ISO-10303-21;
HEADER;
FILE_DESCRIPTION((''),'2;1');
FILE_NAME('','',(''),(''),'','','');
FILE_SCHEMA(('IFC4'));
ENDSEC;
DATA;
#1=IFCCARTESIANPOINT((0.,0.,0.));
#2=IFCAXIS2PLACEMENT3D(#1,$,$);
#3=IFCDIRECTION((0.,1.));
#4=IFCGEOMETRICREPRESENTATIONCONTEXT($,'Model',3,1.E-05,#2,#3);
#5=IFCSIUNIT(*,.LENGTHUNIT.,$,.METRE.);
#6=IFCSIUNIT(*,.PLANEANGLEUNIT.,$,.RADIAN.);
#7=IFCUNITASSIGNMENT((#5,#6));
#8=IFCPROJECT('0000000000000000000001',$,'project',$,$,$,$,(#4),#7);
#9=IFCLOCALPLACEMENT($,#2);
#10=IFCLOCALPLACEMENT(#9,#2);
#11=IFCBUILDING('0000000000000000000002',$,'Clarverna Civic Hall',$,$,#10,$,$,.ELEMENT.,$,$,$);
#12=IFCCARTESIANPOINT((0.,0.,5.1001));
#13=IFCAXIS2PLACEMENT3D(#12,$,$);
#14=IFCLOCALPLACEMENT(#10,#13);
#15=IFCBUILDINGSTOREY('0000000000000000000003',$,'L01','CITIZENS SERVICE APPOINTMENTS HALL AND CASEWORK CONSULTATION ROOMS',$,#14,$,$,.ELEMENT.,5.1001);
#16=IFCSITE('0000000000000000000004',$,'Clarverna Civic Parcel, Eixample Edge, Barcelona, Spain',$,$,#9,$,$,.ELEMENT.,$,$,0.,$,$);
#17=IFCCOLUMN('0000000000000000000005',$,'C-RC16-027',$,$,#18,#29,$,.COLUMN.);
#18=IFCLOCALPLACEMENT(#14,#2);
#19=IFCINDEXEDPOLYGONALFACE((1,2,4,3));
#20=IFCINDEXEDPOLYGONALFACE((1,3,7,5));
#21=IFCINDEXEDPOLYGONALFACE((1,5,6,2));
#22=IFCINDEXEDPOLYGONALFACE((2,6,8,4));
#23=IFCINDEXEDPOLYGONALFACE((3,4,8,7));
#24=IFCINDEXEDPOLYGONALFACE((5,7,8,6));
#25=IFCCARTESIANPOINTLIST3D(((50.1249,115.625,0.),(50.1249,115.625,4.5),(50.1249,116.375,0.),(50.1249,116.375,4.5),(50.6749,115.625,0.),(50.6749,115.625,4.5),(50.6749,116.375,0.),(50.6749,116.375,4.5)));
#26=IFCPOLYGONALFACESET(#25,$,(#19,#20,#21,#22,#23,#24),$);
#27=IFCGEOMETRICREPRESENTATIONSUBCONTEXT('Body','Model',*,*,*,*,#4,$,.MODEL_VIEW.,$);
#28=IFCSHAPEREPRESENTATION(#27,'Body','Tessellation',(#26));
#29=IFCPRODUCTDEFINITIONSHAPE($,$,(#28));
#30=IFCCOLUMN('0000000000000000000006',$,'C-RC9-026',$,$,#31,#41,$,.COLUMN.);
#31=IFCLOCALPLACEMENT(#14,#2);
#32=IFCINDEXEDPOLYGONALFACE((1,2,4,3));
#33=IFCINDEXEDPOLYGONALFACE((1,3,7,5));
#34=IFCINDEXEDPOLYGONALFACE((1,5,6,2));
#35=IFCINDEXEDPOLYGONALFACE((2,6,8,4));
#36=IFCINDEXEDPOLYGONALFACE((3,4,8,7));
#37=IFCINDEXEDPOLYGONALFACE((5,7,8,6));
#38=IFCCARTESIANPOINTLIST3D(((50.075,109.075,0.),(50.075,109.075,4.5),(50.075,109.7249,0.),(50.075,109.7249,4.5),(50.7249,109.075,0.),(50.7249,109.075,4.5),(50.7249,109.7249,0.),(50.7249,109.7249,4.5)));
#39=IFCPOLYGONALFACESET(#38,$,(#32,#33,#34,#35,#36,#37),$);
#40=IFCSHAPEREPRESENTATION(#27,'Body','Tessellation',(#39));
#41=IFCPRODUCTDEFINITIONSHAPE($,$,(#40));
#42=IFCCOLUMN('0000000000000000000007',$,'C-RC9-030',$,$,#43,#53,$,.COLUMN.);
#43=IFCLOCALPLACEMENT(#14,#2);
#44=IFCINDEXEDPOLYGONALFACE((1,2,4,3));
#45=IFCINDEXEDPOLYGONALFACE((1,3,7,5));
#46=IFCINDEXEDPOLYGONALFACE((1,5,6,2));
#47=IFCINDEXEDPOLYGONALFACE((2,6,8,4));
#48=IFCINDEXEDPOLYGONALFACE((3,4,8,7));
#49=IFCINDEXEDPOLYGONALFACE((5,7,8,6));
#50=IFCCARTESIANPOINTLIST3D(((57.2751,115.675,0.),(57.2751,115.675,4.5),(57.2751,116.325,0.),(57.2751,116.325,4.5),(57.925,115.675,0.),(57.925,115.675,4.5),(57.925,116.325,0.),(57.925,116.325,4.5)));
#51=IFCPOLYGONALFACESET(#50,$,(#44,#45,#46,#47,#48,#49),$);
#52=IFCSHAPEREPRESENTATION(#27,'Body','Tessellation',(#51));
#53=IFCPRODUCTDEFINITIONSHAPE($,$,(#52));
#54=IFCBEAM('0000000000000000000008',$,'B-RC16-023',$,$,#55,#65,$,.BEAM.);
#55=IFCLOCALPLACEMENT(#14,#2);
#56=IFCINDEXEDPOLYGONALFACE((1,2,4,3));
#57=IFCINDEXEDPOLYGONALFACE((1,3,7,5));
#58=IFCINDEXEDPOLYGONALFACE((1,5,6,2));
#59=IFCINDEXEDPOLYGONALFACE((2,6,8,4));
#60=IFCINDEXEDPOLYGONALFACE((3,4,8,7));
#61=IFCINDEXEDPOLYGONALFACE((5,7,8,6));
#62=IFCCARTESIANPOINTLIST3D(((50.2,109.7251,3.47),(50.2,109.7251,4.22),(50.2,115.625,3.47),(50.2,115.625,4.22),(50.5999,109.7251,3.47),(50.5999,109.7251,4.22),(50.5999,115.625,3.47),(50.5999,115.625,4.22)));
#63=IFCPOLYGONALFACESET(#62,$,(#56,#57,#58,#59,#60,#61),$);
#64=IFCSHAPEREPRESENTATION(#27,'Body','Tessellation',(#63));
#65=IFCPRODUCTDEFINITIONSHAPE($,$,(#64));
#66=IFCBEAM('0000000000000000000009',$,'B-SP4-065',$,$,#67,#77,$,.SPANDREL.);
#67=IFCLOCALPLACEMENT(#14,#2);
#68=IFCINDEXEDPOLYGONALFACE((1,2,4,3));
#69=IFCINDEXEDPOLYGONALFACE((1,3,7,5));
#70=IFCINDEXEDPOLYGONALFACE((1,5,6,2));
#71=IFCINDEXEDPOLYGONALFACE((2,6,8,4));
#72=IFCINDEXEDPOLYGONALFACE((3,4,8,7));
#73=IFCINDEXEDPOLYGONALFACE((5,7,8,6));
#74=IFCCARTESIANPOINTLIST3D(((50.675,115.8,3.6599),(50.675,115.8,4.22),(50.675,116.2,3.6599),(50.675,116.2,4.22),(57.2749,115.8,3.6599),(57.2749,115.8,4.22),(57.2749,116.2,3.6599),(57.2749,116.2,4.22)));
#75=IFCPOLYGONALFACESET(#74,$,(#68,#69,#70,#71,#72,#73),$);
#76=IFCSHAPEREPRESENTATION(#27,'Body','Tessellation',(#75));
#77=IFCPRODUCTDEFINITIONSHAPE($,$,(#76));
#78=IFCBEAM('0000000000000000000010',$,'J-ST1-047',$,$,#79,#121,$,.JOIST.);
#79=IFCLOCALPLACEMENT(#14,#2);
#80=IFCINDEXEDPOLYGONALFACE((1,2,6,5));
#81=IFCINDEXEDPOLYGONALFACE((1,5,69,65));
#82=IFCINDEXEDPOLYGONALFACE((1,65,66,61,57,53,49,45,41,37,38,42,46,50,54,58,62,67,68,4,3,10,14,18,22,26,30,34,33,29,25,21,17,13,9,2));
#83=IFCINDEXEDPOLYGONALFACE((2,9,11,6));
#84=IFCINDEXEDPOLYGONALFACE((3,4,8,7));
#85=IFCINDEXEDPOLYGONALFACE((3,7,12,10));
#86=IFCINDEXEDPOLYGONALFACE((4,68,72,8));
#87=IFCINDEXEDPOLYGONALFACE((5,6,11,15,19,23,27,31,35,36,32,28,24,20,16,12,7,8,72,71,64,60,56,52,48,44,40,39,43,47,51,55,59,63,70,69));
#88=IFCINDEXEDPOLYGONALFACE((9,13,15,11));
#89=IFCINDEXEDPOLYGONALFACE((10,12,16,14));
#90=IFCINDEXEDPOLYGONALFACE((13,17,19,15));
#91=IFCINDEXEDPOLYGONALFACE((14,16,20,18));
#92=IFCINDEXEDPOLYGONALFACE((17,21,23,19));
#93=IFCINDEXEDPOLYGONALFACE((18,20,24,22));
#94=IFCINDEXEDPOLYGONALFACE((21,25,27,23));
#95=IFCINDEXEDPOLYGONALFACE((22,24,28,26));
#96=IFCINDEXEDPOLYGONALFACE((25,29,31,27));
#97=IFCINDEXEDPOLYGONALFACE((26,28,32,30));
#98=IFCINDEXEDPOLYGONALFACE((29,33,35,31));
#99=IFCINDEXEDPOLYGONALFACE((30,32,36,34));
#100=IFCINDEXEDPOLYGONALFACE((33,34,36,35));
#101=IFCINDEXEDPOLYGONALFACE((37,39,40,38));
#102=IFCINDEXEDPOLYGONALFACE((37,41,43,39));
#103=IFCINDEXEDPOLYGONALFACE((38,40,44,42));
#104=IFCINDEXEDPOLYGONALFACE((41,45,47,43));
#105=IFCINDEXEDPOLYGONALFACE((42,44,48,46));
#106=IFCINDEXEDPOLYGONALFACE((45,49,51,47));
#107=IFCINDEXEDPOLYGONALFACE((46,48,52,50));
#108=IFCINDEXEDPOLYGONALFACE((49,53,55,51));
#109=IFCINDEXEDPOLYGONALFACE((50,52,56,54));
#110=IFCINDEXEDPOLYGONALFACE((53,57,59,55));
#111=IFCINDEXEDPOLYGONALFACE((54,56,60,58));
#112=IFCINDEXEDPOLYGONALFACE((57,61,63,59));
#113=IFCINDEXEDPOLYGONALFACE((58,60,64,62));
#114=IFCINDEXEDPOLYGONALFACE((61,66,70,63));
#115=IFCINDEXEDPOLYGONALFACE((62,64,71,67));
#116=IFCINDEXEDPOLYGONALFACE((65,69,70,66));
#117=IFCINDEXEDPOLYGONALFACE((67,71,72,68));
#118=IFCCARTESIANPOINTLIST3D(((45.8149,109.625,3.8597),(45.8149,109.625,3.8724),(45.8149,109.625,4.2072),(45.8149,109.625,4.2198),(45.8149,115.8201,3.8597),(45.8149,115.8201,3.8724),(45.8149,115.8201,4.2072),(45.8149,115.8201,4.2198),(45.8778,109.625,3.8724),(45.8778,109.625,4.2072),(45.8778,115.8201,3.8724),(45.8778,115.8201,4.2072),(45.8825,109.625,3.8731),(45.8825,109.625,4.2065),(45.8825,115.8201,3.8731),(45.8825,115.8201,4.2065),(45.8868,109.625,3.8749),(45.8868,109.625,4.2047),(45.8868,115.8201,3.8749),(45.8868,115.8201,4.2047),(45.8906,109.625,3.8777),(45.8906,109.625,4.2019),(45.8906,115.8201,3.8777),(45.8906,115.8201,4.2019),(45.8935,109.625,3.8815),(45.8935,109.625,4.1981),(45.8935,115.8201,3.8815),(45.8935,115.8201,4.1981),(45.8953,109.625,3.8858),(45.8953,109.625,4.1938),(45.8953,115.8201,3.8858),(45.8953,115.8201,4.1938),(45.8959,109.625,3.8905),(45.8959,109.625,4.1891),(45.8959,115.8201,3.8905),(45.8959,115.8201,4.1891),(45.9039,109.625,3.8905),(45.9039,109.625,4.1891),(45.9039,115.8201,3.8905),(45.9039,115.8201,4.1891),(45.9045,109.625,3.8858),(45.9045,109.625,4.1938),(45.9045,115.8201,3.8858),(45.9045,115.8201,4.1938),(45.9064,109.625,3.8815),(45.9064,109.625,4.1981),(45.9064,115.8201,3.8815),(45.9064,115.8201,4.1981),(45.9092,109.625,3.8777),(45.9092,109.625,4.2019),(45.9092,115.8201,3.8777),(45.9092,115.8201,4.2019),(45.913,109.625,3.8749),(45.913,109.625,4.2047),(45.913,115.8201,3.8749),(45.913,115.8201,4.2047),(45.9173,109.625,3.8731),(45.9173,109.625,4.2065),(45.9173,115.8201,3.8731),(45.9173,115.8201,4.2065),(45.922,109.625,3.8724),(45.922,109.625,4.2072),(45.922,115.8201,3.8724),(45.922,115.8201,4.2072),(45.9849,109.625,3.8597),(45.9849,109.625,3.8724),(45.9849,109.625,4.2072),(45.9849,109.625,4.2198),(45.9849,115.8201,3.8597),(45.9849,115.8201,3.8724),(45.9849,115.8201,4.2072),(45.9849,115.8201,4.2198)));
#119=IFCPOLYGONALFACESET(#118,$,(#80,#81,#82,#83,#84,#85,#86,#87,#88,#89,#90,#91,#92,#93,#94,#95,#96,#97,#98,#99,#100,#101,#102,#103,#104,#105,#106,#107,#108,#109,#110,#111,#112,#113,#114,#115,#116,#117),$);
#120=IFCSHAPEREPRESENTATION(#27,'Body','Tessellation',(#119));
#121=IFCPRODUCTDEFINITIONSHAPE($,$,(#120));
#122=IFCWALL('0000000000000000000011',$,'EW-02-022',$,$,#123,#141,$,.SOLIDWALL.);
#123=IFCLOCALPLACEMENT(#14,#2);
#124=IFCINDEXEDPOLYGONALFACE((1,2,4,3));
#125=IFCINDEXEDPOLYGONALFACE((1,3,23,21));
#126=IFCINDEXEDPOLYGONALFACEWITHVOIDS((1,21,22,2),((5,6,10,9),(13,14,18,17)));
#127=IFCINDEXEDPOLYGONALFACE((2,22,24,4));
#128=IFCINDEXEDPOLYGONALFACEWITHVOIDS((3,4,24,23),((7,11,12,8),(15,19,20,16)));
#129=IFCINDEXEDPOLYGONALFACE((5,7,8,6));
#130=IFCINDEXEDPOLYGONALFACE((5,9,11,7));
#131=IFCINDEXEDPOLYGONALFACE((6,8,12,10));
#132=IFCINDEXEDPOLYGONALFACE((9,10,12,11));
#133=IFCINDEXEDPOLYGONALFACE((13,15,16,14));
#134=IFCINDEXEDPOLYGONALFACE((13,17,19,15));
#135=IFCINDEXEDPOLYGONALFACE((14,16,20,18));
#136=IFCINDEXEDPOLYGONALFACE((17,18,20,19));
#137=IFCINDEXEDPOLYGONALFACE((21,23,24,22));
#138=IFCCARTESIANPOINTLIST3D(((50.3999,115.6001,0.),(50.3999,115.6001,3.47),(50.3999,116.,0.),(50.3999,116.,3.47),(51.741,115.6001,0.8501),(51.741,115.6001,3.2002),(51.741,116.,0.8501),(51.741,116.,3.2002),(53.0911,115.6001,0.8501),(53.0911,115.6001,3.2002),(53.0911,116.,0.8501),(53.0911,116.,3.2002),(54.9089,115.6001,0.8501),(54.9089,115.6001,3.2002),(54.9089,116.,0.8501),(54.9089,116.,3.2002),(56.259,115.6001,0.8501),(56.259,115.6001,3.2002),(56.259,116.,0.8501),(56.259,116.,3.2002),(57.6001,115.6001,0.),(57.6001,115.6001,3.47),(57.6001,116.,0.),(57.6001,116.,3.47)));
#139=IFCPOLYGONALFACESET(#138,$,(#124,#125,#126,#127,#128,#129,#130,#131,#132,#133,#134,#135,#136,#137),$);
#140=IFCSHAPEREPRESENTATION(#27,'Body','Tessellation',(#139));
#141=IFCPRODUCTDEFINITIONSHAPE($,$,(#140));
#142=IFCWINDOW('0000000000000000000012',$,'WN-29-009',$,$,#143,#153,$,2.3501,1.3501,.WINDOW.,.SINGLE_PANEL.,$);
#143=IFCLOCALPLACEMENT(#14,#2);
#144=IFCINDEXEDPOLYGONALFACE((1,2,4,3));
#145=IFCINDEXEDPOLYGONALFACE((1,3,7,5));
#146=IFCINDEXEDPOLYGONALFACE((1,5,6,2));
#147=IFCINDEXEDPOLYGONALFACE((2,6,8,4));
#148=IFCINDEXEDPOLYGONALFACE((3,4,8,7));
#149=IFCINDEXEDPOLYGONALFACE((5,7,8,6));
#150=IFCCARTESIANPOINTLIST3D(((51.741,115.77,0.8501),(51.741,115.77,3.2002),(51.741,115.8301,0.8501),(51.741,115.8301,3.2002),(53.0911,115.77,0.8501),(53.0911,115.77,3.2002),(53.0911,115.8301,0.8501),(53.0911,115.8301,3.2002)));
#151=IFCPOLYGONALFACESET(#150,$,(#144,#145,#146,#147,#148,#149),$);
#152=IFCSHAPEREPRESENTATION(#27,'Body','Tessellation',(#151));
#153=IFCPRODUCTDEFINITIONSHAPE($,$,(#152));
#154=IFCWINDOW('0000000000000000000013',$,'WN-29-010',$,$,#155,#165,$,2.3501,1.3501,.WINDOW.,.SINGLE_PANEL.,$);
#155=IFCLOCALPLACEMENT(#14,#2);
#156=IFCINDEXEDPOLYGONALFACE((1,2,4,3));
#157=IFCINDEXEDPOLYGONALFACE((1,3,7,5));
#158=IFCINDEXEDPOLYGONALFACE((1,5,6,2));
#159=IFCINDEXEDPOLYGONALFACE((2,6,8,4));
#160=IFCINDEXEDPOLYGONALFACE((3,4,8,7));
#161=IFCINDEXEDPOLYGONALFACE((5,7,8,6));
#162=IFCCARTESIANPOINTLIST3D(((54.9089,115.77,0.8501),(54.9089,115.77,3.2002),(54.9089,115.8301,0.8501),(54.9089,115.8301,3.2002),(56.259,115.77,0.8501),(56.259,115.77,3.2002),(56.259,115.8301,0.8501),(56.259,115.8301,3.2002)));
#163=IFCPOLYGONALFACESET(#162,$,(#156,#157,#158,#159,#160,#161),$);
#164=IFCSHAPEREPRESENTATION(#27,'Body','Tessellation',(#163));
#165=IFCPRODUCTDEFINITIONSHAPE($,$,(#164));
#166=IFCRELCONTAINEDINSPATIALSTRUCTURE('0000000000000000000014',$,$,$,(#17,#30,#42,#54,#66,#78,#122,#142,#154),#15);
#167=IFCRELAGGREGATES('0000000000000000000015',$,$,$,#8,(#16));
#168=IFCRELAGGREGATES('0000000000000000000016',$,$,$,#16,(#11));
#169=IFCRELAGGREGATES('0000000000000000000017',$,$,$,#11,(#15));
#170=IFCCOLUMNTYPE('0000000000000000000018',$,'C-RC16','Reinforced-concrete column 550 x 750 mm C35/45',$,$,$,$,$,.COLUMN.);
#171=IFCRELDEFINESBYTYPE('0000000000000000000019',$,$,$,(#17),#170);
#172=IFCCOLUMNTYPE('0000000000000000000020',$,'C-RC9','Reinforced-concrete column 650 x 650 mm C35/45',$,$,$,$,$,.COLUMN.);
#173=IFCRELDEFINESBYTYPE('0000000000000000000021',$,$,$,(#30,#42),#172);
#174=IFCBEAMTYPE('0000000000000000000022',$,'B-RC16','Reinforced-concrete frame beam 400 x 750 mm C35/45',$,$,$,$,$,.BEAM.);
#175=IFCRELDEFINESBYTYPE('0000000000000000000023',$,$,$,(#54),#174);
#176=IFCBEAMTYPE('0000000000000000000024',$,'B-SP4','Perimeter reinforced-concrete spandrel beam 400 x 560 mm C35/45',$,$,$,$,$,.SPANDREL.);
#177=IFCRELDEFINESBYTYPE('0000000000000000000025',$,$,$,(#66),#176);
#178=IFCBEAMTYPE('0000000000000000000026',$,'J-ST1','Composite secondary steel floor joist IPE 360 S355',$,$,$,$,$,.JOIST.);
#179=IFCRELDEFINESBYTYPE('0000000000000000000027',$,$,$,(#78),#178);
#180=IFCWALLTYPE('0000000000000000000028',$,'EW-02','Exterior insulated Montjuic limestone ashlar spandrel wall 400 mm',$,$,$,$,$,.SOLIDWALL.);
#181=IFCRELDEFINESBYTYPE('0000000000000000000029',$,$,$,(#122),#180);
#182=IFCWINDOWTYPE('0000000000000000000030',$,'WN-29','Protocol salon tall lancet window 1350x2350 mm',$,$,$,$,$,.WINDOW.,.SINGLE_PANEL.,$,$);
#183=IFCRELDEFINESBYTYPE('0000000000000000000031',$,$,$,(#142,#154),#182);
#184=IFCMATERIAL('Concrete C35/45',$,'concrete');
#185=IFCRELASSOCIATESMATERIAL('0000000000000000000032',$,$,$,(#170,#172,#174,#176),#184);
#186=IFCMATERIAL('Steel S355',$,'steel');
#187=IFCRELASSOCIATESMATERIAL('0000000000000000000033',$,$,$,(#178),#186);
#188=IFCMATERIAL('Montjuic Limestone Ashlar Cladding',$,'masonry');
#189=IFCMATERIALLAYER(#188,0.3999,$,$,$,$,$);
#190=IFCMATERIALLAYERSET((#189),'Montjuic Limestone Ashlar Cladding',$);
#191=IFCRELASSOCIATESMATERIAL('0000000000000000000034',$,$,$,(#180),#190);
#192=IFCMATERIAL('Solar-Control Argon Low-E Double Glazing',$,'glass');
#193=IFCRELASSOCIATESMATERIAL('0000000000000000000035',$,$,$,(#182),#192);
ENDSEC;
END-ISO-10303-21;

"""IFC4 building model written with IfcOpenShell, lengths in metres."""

from ifc_helpers import new_model, si_unit, direction, frame, frame_2d, origin, origin_2d, place, context, subcontext, project, spatial, rectangle, i_section, extrude, material, layer, layer_set, material_profile, profile_set, type_object, element, fill, save


model = new_model("IFC4")

# Units and contexts
model_context = context("Model", 3, precision=1e-05, world=origin(), true_north=direction((0.0, 1.0)))
body_context = subcontext(model_context, "Body", "Model", "MODEL_VIEW")
ifc_project = project(units=[si_unit("LENGTHUNIT", "METRE"), si_unit("PLANEANGLEUNIT", "RADIAN")], contexts=[model_context])

# Site, building, storey
site_placement = place(None, origin())
site = spatial("IfcSite", under=ifc_project, at=site_placement, Name="Clarverna Civic Parcel, Eixample Edge, Barcelona, Spain", CompositionType="ELEMENT", RefElevation=0.0)
building_placement = place(site_placement, origin())
building = spatial("IfcBuilding", under=site, at=building_placement, Name="Clarverna Civic Hall", CompositionType="ELEMENT")
storey_placement = place(building_placement, frame((0.0, 0.0, 5.1001)))
storey = spatial("IfcBuildingStorey", under=building, at=storey_placement, Name="L01", Description="CITIZENS SERVICE APPOINTMENTS HALL AND CASEWORK CONSULTATION ROOMS", CompositionType="ELEMENT", Elevation=5.1001)

# Columns
ifc_material_1 = material(Name="Concrete C35/45", Category="concrete")
ifc_material_profile_1 = material_profile(ifc_material_1, rectangle(XDim=0.55, YDim=0.75, at=origin_2d()), Name="RC 550x750")
ifc_profile_set_1 = profile_set([ifc_material_profile_1], Name="Concrete C35/45")
column_type_1 = type_object("IfcColumnType", Name="C-RC16", Description="Reinforced-concrete column 550 x 750 mm C35/45", PredefinedType="COLUMN", material=ifc_profile_set_1)
column_placement = place(storey_placement, frame((50.3999, 116.0, 0.0), z_axis=(0.0, 0.0, 1.0), x_axis=(1.0, 0.0, 0.0)))
element("IfcColumn", 1, at=column_placement, inside=storey, type_object=column_type_1, Name="C-RC16-027", PredefinedType="COLUMN", context=body_context, shape_type="SweptSolid", body=[
    extrude(rectangle(XDim=0.55, YDim=0.75, at=origin_2d()), origin(), (0.0, 0.0, 1.0), 4.5),
])
ifc_material_profile_2 = material_profile(ifc_material_1, rectangle(XDim=0.6499, YDim=0.6499, at=origin_2d()), Name="RC 650x650")
ifc_profile_set_2 = profile_set([ifc_material_profile_2], Name="Concrete C35/45")
column_type_2 = type_object("IfcColumnType", Name="C-RC9", Description="Reinforced-concrete column 650 x 650 mm C35/45", PredefinedType="COLUMN", material=ifc_profile_set_2)
for number, where, z_axis, x_axis, name in (
    (2, (50.3999, 109.3999, 0.0), (0.0, 0.0, 1.0), (1.0, 0.0, 0.0), "C-RC9-026"),
    (3, (57.6001, 116.0, 0.0), (0.0, 0.0, 1.0), (1.0, 0.0, 0.0), "C-RC9-030"),
):
    element("IfcColumn", number, at=place(storey_placement, frame(where, z_axis=z_axis, x_axis=x_axis)), inside=storey, type_object=column_type_2, Name=name, PredefinedType="COLUMN", context=body_context, shape_type="SweptSolid", body=[
        extrude(rectangle(XDim=0.6499, YDim=0.6499, at=origin_2d()), origin(), (0.0, 0.0, 1.0), 4.5),
    ])

# Beams
ifc_material_profile_3 = material_profile(ifc_material_1, rectangle(XDim=0.3999, YDim=0.75, at=origin_2d()), Name="RC 400x750")
ifc_profile_set_3 = profile_set([ifc_material_profile_3], Name="Concrete C35/45")
beam_type_1 = type_object("IfcBeamType", Name="B-RC16", Description="Reinforced-concrete frame beam 400 x 750 mm C35/45", PredefinedType="BEAM", material=ifc_profile_set_3)
beam_1_placement = place(storey_placement, frame((50.3999, 109.7251, 3.845), z_axis=(0.0, 1.0, 0.0), x_axis=(-1.0, 0.0, 0.0)))
element("IfcBeam", 4, at=beam_1_placement, inside=storey, type_object=beam_type_1, Name="B-RC16-023", PredefinedType="BEAM", context=body_context, shape_type="SweptSolid", body=[
    extrude(rectangle(XDim=0.3999, YDim=0.75, at=origin_2d()), origin(), (0.0, 0.0, 1.0), 5.8999),
])
ifc_material_profile_4 = material_profile(ifc_material_1, rectangle(XDim=0.3999, YDim=0.5601, at=origin_2d()), Name="RC 400x560")
ifc_profile_set_4 = profile_set([ifc_material_profile_4], Name="Concrete C35/45")
beam_type_2 = type_object("IfcBeamType", Name="B-SP4", Description="Perimeter reinforced-concrete spandrel beam 400 x 560 mm C35/45", PredefinedType="SPANDREL", material=ifc_profile_set_4)
beam_2_placement = place(storey_placement, frame((50.675, 116.0, 3.9399), z_axis=(1.0, 0.0, 0.0), x_axis=(0.0, 1.0, 0.0)))
element("IfcBeam", 5, at=beam_2_placement, inside=storey, type_object=beam_type_2, Name="B-SP4-065", PredefinedType="SPANDREL", context=body_context, shape_type="SweptSolid", body=[
    extrude(rectangle(XDim=0.3999, YDim=0.5601, at=origin_2d()), origin(), (0.0, 0.0, 1.0), 6.5999),
])
ifc_material_2 = material(Name="Steel S355", Category="steel")
ifc_material_profile_5 = material_profile(ifc_material_2, i_section(OverallWidth=0.1699, OverallDepth=0.3601, WebThickness=0.0081, FlangeThickness=0.0127, FilletRadius=0.0181, at=origin_2d()), Name="IPE 360")
ifc_profile_set_5 = profile_set([ifc_material_profile_5], Name="Steel S355")
beam_type_3 = type_object("IfcBeamType", Name="J-ST1", Description="Composite secondary steel floor joist IPE 360 S355", PredefinedType="JOIST", material=ifc_profile_set_5)
beam_3_placement = place(storey_placement, frame((45.8999, 109.625, 4.0398), z_axis=(0.0, 1.0, 0.0), x_axis=(-1.0, 0.0, 0.0)))
element("IfcBeam", 6, at=beam_3_placement, inside=storey, type_object=beam_type_3, Name="J-ST1-047", PredefinedType="JOIST", context=body_context, shape_type="SweptSolid", body=[
    extrude(i_section(OverallWidth=0.1699, OverallDepth=0.3601, WebThickness=0.0081, FlangeThickness=0.0127, FilletRadius=0.0181, at=origin_2d()), origin(), (0.0, 0.0, 1.0), 6.1951),
])

# Wall, openings, windows
ifc_material_3 = material(Name="Montjuic Limestone Ashlar Cladding", Category="masonry")
ifc_layer_1 = layer(ifc_material_3, 0.3999)
ifc_layer_set_1 = layer_set([ifc_layer_1], Name="Montjuic Limestone Ashlar Cladding")
wall_type_1 = type_object("IfcWallType", Name="EW-02", Description="Exterior insulated Montjuic limestone ashlar spandrel wall 400 mm", PredefinedType="SOLIDWALL", material=ifc_layer_set_1)
wall_1_placement = place(storey_placement, frame((50.3999, 115.8, 0.0), z_axis=(0.0, 0.0, 1.0), x_axis=(1.0, 0.0, 0.0)))
wall_1 = element("IfcWall", 7, at=wall_1_placement, inside=storey, type_object=wall_type_1, Name="EW-02-022", PredefinedType="SOLIDWALL", context=body_context, shape_type="SweptSolid", body=[
    extrude(rectangle(XDim=7.2002, YDim=0.3999, at=frame_2d((3.6001, 0.0))), origin(), (0.0, 0.0, 1.0), 3.47),
])
opening_1_placement = place(wall_1_placement, frame((1.3411, 0.0, 0.8501)))
opening_1 = element("IfcOpeningElement", 8, at=opening_1_placement, cuts=wall_1, PredefinedType="OPENING", context=body_context, shape_type="SweptSolid", body=[
    extrude(rectangle(XDim=1.3501, YDim=2.3501, at=frame_2d((0.675, 1.175))), frame((0.0, 0.21, 0.0), z_axis=(0.0, -1.0, 0.0), x_axis=(1.0, 0.0, 0.0)), (0.0, 0.0, 1.0), 0.4199),
])
opening_2_placement = place(wall_1_placement, frame((4.509, 0.0, 0.8501)))
opening_2 = element("IfcOpeningElement", 9, at=opening_2_placement, cuts=wall_1, PredefinedType="OPENING", context=body_context, shape_type="SweptSolid", body=[
    extrude(rectangle(XDim=1.3501, YDim=2.3501, at=frame_2d((0.675, 1.175))), frame((0.0, 0.21, 0.0), z_axis=(0.0, -1.0, 0.0), x_axis=(1.0, 0.0, 0.0)), (0.0, 0.0, 1.0), 0.4199),
])
ifc_material_4 = material(Name="Solar-Control Argon Low-E Double Glazing", Category="glass")
window_type_1 = type_object("IfcWindowType", Name="WN-29", Description="Protocol salon tall lancet window 1350x2350 mm", PartitioningType="SINGLE_PANEL", PredefinedType="WINDOW", material=ifc_material_4)
window_1_placement = place(opening_1_placement, origin())
window_1 = element("IfcWindow", 10, at=window_1_placement, inside=storey, type_object=window_type_1, Name="WN-29-009", OverallHeight=2.3501, OverallWidth=1.3501, PartitioningType="SINGLE_PANEL", PredefinedType="WINDOW", context=body_context, shape_type="SweptSolid", body=[
    extrude(rectangle(XDim=1.3501, YDim=2.3501, at=frame_2d((0.675, 1.175))), frame((0.0, 0.03, 0.0), z_axis=(0.0, -1.0, 0.0), x_axis=(1.0, 0.0, 0.0)), (0.0, 0.0, 1.0), 0.0601),
])
fill(opening_1, window_1)
window_2_placement = place(opening_2_placement, origin())
window_2 = element("IfcWindow", 11, at=window_2_placement, inside=storey, type_object=window_type_1, Name="WN-29-010", OverallHeight=2.3501, OverallWidth=1.3501, PartitioningType="SINGLE_PANEL", PredefinedType="WINDOW", context=body_context, shape_type="SweptSolid", body=[
    extrude(rectangle(XDim=1.3501, YDim=2.3501, at=frame_2d((0.675, 1.175))), frame((0.0, 0.03, 0.0), z_axis=(0.0, -1.0, 0.0), x_axis=(1.0, 0.0, 0.0)), (0.0, 0.0, 1.0), 0.0601),
])
fill(opening_2, window_2)

save(model, "model.ifc")
